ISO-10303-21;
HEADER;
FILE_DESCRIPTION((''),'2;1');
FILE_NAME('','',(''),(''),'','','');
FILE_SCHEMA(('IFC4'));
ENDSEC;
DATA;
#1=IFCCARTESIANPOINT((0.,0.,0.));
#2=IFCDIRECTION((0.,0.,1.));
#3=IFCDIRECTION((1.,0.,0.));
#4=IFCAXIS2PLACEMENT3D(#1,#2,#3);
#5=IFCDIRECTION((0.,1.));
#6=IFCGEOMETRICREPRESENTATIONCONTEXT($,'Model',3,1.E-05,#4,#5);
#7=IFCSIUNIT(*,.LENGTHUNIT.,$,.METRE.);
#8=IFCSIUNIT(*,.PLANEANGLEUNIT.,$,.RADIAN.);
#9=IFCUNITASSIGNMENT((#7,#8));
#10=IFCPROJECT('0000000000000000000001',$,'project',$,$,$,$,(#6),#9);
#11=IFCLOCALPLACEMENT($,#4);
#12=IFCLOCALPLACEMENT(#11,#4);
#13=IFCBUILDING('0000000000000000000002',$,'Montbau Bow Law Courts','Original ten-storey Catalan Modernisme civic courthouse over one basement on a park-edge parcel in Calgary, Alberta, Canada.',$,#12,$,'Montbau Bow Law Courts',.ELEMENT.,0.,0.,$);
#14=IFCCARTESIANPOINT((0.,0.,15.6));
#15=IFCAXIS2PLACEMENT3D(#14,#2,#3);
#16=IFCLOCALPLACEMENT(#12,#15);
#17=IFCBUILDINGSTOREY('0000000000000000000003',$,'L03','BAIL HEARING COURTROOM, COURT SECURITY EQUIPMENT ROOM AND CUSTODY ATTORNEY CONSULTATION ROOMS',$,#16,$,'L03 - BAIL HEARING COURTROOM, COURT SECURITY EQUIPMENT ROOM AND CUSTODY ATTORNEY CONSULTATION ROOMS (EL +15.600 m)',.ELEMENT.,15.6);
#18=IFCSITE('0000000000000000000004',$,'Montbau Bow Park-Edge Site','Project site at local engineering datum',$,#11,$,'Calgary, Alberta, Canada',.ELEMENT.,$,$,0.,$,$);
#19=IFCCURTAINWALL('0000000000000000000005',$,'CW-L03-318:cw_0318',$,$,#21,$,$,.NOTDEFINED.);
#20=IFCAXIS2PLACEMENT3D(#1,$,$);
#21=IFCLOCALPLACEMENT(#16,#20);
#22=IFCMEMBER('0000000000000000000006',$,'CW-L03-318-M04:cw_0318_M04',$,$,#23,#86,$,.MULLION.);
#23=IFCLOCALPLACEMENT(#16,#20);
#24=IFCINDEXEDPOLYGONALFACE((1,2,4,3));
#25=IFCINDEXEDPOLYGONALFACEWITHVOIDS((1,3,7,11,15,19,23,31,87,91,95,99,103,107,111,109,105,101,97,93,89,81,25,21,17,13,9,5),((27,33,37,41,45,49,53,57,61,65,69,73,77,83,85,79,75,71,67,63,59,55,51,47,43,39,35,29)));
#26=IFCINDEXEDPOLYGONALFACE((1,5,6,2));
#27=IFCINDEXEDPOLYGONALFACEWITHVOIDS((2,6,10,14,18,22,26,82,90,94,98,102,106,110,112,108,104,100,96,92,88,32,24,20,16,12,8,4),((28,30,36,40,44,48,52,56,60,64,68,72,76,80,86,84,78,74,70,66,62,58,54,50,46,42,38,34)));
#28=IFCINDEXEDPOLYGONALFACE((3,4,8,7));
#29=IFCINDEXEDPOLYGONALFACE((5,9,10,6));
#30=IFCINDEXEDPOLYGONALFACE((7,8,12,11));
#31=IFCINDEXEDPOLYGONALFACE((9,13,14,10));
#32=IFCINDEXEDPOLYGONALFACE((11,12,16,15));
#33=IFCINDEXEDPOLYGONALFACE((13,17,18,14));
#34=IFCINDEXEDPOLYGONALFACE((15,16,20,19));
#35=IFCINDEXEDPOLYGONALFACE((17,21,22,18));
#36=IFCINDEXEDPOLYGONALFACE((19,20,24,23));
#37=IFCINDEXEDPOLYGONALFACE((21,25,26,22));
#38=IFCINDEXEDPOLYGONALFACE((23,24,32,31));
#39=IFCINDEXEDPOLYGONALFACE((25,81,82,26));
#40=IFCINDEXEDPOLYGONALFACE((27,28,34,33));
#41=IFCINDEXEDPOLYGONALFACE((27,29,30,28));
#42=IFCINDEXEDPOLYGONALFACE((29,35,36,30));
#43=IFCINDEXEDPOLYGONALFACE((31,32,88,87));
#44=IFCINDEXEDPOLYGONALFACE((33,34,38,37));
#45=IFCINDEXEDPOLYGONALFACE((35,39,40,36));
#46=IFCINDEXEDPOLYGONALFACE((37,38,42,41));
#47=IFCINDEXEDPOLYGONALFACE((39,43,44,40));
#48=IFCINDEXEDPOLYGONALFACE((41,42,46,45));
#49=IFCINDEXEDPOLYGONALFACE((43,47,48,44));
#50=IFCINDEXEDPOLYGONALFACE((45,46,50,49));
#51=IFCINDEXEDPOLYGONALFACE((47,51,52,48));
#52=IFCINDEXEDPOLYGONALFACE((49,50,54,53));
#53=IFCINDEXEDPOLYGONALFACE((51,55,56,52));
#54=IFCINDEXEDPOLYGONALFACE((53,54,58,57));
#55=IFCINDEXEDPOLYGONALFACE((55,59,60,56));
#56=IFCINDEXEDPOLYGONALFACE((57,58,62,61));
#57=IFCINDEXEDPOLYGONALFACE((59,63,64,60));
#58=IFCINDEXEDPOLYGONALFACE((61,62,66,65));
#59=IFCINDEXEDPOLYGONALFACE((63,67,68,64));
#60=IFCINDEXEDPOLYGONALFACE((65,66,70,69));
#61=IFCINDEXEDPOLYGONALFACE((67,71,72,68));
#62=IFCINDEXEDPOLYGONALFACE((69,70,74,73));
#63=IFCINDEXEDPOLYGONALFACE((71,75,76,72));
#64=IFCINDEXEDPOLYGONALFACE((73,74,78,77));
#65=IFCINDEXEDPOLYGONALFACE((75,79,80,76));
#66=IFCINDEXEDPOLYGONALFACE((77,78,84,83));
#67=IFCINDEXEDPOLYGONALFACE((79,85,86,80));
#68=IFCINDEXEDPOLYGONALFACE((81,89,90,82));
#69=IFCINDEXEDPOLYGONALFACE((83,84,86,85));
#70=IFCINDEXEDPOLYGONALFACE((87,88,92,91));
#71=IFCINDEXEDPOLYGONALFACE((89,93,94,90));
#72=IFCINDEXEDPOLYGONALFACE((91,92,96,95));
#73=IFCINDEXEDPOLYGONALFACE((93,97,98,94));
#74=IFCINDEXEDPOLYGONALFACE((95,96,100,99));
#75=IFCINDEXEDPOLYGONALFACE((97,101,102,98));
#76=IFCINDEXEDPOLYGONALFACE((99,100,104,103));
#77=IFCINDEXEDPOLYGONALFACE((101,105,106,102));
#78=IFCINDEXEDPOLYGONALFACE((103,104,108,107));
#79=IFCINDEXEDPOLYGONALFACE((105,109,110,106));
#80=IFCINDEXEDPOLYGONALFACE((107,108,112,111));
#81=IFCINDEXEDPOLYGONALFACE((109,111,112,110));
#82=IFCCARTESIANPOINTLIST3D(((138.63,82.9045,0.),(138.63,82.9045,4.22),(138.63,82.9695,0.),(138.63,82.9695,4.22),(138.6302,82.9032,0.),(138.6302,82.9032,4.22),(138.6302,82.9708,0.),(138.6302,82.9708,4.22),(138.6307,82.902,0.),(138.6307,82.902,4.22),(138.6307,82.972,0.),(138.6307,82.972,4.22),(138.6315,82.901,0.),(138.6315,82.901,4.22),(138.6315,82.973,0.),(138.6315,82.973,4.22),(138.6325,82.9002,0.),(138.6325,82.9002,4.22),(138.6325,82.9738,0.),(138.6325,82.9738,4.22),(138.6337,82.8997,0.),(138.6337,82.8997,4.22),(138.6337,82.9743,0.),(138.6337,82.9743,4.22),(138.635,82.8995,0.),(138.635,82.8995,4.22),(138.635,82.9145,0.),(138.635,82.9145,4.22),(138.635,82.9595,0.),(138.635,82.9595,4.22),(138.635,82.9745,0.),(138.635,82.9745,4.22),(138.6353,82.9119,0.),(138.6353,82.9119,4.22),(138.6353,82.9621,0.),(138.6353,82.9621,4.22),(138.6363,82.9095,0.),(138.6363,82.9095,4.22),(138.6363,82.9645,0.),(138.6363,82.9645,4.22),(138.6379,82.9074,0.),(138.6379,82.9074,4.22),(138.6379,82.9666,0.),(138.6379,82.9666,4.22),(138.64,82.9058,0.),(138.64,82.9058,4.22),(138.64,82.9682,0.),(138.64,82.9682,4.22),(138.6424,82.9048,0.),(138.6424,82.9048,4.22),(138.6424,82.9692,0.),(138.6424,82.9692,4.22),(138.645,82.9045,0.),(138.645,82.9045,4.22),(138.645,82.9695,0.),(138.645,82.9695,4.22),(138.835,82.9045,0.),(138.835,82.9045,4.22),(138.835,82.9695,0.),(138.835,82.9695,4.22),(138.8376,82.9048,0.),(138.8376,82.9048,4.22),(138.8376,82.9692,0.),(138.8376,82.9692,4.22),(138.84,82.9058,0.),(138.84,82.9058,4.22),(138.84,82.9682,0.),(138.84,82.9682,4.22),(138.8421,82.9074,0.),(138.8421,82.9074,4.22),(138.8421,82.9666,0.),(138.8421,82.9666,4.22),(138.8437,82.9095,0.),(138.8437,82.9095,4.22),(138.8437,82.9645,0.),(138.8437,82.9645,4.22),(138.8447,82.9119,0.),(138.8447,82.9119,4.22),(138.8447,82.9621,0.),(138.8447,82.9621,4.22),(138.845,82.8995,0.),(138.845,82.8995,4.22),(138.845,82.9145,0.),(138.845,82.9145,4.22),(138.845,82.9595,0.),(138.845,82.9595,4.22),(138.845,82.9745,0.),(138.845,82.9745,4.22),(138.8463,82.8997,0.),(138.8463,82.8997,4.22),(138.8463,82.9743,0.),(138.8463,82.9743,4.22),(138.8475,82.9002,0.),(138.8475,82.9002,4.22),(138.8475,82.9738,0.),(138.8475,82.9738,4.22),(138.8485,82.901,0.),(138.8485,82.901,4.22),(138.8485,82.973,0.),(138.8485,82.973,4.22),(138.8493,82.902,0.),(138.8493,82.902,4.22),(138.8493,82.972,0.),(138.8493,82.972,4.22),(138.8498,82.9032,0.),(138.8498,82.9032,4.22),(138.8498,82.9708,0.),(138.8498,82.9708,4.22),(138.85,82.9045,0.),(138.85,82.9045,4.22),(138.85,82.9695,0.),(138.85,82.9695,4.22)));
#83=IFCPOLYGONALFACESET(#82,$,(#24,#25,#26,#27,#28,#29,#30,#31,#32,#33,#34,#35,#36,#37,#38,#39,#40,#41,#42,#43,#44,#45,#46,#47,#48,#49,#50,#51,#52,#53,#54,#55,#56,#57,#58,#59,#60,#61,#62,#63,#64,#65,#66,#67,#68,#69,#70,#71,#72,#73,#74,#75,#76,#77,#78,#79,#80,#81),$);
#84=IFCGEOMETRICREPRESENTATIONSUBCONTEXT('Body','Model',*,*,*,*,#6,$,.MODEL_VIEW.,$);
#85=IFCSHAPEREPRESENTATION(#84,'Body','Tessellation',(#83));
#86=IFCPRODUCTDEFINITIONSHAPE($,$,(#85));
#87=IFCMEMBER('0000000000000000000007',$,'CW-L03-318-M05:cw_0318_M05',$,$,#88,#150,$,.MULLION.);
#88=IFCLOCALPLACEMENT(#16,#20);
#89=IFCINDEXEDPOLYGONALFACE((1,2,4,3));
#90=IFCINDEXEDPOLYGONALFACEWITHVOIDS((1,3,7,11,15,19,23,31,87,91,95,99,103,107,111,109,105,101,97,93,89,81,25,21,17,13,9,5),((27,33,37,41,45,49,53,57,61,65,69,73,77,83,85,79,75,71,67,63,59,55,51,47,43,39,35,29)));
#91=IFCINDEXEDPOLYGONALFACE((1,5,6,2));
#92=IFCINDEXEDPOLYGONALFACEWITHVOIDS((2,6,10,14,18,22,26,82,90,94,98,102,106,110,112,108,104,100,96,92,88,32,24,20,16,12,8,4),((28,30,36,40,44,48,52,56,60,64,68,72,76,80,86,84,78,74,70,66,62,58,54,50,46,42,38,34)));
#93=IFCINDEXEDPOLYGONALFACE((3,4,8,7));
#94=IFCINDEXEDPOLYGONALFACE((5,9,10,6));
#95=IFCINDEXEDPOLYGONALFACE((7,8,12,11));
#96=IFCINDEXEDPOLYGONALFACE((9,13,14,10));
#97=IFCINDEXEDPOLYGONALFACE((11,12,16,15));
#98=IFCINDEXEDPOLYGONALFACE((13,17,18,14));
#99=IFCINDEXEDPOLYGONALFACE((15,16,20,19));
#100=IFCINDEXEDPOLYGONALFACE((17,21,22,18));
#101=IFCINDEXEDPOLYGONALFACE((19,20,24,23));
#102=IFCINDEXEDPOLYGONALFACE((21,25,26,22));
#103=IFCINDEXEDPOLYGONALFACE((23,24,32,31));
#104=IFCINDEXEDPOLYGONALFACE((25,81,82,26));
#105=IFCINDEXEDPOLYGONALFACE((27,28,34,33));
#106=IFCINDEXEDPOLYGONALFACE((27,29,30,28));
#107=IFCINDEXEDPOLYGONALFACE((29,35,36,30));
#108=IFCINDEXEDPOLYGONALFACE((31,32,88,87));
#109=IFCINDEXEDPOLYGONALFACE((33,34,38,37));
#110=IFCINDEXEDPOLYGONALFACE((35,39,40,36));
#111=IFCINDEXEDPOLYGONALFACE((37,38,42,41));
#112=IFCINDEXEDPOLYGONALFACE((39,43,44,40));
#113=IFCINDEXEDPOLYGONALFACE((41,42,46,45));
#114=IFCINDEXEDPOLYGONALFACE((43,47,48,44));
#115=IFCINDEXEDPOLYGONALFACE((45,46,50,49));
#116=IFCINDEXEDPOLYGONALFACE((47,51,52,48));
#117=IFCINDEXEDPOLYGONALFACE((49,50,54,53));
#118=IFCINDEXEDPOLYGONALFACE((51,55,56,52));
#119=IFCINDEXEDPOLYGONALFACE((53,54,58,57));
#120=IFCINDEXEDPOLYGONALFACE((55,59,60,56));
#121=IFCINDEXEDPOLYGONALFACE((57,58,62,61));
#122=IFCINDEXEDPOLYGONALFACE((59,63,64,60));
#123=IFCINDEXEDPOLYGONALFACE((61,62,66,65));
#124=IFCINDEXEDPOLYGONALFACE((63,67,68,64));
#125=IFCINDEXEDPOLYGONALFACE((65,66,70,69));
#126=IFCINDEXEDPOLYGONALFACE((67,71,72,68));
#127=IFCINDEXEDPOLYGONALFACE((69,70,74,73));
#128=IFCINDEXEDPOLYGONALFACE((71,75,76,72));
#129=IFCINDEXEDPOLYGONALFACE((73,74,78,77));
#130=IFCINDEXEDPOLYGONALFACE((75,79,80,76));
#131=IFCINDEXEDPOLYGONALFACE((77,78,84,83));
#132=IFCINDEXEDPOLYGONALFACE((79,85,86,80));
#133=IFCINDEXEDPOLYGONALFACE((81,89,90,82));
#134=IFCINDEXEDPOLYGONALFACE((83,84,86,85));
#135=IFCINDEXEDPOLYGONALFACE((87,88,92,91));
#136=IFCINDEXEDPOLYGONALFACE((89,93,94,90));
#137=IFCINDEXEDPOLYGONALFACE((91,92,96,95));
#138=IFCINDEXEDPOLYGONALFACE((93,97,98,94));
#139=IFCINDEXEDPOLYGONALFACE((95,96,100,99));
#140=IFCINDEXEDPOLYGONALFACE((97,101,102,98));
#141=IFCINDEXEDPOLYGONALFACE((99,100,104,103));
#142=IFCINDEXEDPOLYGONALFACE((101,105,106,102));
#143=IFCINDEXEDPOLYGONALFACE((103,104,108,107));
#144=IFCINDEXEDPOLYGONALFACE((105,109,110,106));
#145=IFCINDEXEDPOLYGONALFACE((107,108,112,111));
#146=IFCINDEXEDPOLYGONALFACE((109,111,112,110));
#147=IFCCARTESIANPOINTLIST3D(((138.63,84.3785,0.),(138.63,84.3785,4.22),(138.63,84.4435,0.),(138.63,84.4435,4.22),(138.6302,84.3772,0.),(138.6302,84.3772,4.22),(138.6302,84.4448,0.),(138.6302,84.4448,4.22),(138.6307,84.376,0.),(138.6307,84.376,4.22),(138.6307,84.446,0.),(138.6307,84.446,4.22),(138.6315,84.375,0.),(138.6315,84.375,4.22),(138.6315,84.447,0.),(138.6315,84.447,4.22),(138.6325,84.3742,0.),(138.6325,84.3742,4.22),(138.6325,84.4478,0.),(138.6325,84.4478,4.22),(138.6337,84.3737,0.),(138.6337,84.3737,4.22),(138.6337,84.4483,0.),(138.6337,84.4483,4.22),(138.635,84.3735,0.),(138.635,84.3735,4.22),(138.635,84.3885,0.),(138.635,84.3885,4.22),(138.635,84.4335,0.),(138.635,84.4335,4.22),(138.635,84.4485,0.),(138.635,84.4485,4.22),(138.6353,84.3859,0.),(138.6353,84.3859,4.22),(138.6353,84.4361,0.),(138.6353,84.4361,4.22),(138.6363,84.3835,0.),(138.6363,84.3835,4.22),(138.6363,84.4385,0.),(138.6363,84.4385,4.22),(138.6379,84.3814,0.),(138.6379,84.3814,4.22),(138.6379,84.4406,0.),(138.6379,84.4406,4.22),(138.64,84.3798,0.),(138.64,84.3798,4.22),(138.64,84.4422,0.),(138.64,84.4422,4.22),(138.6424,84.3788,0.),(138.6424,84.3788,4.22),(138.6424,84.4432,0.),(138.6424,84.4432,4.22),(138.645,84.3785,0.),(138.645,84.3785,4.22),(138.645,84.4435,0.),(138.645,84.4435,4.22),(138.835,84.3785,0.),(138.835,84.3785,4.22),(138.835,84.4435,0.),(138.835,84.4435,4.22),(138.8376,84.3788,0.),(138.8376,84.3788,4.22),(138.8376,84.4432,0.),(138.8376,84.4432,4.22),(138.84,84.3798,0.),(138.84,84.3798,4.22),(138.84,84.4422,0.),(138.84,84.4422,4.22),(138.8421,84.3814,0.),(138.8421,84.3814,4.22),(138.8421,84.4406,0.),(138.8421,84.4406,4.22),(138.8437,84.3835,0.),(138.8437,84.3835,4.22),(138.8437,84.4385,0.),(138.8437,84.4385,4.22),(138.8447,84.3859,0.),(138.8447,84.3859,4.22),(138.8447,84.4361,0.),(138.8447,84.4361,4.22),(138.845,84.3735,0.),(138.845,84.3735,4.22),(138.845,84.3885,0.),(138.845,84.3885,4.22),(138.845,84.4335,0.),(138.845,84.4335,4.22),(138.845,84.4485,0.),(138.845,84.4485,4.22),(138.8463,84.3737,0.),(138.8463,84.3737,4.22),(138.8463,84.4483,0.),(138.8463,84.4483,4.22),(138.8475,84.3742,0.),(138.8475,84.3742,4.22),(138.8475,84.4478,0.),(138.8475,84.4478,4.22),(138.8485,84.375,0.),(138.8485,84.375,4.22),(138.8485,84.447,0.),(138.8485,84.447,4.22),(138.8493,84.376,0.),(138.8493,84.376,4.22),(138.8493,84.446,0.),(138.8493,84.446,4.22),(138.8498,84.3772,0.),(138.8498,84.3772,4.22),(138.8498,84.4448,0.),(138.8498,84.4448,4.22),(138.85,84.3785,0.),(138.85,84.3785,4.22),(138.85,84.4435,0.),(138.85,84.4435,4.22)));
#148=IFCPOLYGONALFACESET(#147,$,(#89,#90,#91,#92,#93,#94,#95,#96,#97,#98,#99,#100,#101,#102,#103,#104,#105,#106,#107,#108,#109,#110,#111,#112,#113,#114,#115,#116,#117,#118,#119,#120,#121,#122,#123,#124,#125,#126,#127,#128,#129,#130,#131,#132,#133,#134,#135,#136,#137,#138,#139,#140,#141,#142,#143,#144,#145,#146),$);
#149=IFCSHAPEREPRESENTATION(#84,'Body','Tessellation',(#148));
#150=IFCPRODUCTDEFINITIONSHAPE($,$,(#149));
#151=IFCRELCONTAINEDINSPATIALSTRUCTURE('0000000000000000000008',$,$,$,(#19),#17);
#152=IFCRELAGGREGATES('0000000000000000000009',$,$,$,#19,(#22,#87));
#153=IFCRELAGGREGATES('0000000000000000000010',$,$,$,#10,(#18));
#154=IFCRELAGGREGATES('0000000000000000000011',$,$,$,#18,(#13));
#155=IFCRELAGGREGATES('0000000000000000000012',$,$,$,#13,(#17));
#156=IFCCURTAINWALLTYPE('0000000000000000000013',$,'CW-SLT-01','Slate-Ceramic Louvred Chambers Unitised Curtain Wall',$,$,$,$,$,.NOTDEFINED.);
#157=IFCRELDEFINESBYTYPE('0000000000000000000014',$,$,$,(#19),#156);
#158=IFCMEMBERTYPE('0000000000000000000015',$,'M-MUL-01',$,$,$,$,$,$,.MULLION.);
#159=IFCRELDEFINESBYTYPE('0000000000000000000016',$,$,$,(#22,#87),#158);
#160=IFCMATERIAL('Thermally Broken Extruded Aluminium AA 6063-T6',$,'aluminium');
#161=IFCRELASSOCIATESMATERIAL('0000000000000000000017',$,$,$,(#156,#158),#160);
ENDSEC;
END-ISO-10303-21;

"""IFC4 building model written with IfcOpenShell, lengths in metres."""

from ifc_helpers import new_model, si_unit, direction, frame, origin_with_axes, origin_2d_with_axis, place, context, subcontext, project, spatial, hollow_rectangle, extrude, material, material_profile, profile_set, type_object, element, aggregate, save


model = new_model("IFC4")

# Units and contexts
model_context = context("Model", 3, precision=1e-05, world=origin_with_axes(), true_north=direction((0.0, 1.0)))
body_context = subcontext(model_context, "Body", "Model", "MODEL_VIEW")
ifc_project = project(units=[si_unit("LENGTHUNIT", "METRE"), si_unit("PLANEANGLEUNIT", "RADIAN")], contexts=[model_context])

# Site, building, storey
site_placement = place(None, origin_with_axes())
site = spatial("IfcSite", under=ifc_project, at=site_placement, Name="Montbau Bow Park-Edge Site", Description="Project site at local engineering datum", LongName="Calgary, Alberta, Canada", CompositionType="ELEMENT", RefElevation=0.0)
building_placement = place(site_placement, origin_with_axes())
building = spatial("IfcBuilding", under=site, at=building_placement, Name="Montbau Bow Law Courts", Description="Original ten-storey Catalan Modernisme civic courthouse over one basement on a park-edge parcel in Calgary, Alberta, Canada.", LongName="Montbau Bow Law Courts", CompositionType="ELEMENT", ElevationOfRefHeight=0.0, ElevationOfTerrain=0.0)
storey_placement = place(building_placement, frame((0.0, 0.0, 15.6), z_axis=(0.0, 0.0, 1.0), x_axis=(1.0, 0.0, 0.0)))
storey = spatial("IfcBuildingStorey", under=building, at=storey_placement, Name="L03", Description="BAIL HEARING COURTROOM, COURT SECURITY EQUIPMENT ROOM AND CUSTODY ATTORNEY CONSULTATION ROOMS", LongName="L03 - BAIL HEARING COURTROOM, COURT SECURITY EQUIPMENT ROOM AND CUSTODY ATTORNEY CONSULTATION ROOMS (EL +15.600 m)", CompositionType="ELEMENT", Elevation=15.6)

# Curtain wall, members
ifc_material_1 = material(Name="Thermally Broken Extruded Aluminium AA 6063-T6", Category="aluminium")
curtain_wall_type = type_object("IfcCurtainWallType", Name="CW-SLT-01", Description="Slate-Ceramic Louvred Chambers Unitised Curtain Wall", PredefinedType="NOTDEFINED", material=ifc_material_1)
curtain_wall_1_placement = place(None, frame((138.74, 78.515, 15.6), z_axis=(0.0, 0.0, 1.0), x_axis=(1.0, 0.0, 0.0)))
curtain_wall_1 = element("IfcCurtainWall", 1, at=curtain_wall_1_placement, inside=storey, type_object=curtain_wall_type, Name="CW-L03-318:cw_0318", PredefinedType="NOTDEFINED")
ifc_material_profile_1 = material_profile(ifc_material_1, hollow_rectangle(XDim=0.075, YDim=0.22, WallThickness=0.005, InnerFilletRadius=0.01, OuterFilletRadius=0.005, at=origin_2d_with_axis()), Name="CWM-220X75", Category="Main", Priority=0)
ifc_profile_set_1 = profile_set([ifc_material_profile_1], Name="Thermally Broken Extruded Aluminium AA 6063-T6")
member_type_1 = type_object("IfcMemberType", Name="M-MUL-01", PredefinedType="MULLION", material=ifc_profile_set_1)
member_1_placement = place(None, frame((138.74, 82.937, 15.6), z_axis=(0.0, 0.0, 1.0), x_axis=(0.0, 1.0, 0.0)))
member_1 = element("IfcMember", 2, at=member_1_placement, type_object=member_type_1, Name="CW-L03-318-M04:cw_0318_M04", PredefinedType="MULLION", context=body_context, shape_type="SweptSolid", body=[
    extrude(hollow_rectangle(XDim=0.075, YDim=0.22, WallThickness=0.005, InnerFilletRadius=0.01, OuterFilletRadius=0.005, at=origin_2d_with_axis()), origin_with_axes(), (0.0, 0.0, 1.0), 4.22),
])
member_2_placement = place(None, frame((138.74, 84.411, 15.6), z_axis=(0.0, 0.0, 1.0), x_axis=(0.0, 1.0, 0.0)))
member_2 = element("IfcMember", 3, at=member_2_placement, type_object=member_type_1, Name="CW-L03-318-M05:cw_0318_M05", PredefinedType="MULLION", context=body_context, shape_type="SweptSolid", body=[
    extrude(hollow_rectangle(XDim=0.075, YDim=0.22, WallThickness=0.005, InnerFilletRadius=0.01, OuterFilletRadius=0.005, at=origin_2d_with_axis()), origin_with_axes(), (0.0, 0.0, 1.0), 4.22),
])

aggregate(curtain_wall_1, [member_1, member_2])

save(model, "model.ifc")
